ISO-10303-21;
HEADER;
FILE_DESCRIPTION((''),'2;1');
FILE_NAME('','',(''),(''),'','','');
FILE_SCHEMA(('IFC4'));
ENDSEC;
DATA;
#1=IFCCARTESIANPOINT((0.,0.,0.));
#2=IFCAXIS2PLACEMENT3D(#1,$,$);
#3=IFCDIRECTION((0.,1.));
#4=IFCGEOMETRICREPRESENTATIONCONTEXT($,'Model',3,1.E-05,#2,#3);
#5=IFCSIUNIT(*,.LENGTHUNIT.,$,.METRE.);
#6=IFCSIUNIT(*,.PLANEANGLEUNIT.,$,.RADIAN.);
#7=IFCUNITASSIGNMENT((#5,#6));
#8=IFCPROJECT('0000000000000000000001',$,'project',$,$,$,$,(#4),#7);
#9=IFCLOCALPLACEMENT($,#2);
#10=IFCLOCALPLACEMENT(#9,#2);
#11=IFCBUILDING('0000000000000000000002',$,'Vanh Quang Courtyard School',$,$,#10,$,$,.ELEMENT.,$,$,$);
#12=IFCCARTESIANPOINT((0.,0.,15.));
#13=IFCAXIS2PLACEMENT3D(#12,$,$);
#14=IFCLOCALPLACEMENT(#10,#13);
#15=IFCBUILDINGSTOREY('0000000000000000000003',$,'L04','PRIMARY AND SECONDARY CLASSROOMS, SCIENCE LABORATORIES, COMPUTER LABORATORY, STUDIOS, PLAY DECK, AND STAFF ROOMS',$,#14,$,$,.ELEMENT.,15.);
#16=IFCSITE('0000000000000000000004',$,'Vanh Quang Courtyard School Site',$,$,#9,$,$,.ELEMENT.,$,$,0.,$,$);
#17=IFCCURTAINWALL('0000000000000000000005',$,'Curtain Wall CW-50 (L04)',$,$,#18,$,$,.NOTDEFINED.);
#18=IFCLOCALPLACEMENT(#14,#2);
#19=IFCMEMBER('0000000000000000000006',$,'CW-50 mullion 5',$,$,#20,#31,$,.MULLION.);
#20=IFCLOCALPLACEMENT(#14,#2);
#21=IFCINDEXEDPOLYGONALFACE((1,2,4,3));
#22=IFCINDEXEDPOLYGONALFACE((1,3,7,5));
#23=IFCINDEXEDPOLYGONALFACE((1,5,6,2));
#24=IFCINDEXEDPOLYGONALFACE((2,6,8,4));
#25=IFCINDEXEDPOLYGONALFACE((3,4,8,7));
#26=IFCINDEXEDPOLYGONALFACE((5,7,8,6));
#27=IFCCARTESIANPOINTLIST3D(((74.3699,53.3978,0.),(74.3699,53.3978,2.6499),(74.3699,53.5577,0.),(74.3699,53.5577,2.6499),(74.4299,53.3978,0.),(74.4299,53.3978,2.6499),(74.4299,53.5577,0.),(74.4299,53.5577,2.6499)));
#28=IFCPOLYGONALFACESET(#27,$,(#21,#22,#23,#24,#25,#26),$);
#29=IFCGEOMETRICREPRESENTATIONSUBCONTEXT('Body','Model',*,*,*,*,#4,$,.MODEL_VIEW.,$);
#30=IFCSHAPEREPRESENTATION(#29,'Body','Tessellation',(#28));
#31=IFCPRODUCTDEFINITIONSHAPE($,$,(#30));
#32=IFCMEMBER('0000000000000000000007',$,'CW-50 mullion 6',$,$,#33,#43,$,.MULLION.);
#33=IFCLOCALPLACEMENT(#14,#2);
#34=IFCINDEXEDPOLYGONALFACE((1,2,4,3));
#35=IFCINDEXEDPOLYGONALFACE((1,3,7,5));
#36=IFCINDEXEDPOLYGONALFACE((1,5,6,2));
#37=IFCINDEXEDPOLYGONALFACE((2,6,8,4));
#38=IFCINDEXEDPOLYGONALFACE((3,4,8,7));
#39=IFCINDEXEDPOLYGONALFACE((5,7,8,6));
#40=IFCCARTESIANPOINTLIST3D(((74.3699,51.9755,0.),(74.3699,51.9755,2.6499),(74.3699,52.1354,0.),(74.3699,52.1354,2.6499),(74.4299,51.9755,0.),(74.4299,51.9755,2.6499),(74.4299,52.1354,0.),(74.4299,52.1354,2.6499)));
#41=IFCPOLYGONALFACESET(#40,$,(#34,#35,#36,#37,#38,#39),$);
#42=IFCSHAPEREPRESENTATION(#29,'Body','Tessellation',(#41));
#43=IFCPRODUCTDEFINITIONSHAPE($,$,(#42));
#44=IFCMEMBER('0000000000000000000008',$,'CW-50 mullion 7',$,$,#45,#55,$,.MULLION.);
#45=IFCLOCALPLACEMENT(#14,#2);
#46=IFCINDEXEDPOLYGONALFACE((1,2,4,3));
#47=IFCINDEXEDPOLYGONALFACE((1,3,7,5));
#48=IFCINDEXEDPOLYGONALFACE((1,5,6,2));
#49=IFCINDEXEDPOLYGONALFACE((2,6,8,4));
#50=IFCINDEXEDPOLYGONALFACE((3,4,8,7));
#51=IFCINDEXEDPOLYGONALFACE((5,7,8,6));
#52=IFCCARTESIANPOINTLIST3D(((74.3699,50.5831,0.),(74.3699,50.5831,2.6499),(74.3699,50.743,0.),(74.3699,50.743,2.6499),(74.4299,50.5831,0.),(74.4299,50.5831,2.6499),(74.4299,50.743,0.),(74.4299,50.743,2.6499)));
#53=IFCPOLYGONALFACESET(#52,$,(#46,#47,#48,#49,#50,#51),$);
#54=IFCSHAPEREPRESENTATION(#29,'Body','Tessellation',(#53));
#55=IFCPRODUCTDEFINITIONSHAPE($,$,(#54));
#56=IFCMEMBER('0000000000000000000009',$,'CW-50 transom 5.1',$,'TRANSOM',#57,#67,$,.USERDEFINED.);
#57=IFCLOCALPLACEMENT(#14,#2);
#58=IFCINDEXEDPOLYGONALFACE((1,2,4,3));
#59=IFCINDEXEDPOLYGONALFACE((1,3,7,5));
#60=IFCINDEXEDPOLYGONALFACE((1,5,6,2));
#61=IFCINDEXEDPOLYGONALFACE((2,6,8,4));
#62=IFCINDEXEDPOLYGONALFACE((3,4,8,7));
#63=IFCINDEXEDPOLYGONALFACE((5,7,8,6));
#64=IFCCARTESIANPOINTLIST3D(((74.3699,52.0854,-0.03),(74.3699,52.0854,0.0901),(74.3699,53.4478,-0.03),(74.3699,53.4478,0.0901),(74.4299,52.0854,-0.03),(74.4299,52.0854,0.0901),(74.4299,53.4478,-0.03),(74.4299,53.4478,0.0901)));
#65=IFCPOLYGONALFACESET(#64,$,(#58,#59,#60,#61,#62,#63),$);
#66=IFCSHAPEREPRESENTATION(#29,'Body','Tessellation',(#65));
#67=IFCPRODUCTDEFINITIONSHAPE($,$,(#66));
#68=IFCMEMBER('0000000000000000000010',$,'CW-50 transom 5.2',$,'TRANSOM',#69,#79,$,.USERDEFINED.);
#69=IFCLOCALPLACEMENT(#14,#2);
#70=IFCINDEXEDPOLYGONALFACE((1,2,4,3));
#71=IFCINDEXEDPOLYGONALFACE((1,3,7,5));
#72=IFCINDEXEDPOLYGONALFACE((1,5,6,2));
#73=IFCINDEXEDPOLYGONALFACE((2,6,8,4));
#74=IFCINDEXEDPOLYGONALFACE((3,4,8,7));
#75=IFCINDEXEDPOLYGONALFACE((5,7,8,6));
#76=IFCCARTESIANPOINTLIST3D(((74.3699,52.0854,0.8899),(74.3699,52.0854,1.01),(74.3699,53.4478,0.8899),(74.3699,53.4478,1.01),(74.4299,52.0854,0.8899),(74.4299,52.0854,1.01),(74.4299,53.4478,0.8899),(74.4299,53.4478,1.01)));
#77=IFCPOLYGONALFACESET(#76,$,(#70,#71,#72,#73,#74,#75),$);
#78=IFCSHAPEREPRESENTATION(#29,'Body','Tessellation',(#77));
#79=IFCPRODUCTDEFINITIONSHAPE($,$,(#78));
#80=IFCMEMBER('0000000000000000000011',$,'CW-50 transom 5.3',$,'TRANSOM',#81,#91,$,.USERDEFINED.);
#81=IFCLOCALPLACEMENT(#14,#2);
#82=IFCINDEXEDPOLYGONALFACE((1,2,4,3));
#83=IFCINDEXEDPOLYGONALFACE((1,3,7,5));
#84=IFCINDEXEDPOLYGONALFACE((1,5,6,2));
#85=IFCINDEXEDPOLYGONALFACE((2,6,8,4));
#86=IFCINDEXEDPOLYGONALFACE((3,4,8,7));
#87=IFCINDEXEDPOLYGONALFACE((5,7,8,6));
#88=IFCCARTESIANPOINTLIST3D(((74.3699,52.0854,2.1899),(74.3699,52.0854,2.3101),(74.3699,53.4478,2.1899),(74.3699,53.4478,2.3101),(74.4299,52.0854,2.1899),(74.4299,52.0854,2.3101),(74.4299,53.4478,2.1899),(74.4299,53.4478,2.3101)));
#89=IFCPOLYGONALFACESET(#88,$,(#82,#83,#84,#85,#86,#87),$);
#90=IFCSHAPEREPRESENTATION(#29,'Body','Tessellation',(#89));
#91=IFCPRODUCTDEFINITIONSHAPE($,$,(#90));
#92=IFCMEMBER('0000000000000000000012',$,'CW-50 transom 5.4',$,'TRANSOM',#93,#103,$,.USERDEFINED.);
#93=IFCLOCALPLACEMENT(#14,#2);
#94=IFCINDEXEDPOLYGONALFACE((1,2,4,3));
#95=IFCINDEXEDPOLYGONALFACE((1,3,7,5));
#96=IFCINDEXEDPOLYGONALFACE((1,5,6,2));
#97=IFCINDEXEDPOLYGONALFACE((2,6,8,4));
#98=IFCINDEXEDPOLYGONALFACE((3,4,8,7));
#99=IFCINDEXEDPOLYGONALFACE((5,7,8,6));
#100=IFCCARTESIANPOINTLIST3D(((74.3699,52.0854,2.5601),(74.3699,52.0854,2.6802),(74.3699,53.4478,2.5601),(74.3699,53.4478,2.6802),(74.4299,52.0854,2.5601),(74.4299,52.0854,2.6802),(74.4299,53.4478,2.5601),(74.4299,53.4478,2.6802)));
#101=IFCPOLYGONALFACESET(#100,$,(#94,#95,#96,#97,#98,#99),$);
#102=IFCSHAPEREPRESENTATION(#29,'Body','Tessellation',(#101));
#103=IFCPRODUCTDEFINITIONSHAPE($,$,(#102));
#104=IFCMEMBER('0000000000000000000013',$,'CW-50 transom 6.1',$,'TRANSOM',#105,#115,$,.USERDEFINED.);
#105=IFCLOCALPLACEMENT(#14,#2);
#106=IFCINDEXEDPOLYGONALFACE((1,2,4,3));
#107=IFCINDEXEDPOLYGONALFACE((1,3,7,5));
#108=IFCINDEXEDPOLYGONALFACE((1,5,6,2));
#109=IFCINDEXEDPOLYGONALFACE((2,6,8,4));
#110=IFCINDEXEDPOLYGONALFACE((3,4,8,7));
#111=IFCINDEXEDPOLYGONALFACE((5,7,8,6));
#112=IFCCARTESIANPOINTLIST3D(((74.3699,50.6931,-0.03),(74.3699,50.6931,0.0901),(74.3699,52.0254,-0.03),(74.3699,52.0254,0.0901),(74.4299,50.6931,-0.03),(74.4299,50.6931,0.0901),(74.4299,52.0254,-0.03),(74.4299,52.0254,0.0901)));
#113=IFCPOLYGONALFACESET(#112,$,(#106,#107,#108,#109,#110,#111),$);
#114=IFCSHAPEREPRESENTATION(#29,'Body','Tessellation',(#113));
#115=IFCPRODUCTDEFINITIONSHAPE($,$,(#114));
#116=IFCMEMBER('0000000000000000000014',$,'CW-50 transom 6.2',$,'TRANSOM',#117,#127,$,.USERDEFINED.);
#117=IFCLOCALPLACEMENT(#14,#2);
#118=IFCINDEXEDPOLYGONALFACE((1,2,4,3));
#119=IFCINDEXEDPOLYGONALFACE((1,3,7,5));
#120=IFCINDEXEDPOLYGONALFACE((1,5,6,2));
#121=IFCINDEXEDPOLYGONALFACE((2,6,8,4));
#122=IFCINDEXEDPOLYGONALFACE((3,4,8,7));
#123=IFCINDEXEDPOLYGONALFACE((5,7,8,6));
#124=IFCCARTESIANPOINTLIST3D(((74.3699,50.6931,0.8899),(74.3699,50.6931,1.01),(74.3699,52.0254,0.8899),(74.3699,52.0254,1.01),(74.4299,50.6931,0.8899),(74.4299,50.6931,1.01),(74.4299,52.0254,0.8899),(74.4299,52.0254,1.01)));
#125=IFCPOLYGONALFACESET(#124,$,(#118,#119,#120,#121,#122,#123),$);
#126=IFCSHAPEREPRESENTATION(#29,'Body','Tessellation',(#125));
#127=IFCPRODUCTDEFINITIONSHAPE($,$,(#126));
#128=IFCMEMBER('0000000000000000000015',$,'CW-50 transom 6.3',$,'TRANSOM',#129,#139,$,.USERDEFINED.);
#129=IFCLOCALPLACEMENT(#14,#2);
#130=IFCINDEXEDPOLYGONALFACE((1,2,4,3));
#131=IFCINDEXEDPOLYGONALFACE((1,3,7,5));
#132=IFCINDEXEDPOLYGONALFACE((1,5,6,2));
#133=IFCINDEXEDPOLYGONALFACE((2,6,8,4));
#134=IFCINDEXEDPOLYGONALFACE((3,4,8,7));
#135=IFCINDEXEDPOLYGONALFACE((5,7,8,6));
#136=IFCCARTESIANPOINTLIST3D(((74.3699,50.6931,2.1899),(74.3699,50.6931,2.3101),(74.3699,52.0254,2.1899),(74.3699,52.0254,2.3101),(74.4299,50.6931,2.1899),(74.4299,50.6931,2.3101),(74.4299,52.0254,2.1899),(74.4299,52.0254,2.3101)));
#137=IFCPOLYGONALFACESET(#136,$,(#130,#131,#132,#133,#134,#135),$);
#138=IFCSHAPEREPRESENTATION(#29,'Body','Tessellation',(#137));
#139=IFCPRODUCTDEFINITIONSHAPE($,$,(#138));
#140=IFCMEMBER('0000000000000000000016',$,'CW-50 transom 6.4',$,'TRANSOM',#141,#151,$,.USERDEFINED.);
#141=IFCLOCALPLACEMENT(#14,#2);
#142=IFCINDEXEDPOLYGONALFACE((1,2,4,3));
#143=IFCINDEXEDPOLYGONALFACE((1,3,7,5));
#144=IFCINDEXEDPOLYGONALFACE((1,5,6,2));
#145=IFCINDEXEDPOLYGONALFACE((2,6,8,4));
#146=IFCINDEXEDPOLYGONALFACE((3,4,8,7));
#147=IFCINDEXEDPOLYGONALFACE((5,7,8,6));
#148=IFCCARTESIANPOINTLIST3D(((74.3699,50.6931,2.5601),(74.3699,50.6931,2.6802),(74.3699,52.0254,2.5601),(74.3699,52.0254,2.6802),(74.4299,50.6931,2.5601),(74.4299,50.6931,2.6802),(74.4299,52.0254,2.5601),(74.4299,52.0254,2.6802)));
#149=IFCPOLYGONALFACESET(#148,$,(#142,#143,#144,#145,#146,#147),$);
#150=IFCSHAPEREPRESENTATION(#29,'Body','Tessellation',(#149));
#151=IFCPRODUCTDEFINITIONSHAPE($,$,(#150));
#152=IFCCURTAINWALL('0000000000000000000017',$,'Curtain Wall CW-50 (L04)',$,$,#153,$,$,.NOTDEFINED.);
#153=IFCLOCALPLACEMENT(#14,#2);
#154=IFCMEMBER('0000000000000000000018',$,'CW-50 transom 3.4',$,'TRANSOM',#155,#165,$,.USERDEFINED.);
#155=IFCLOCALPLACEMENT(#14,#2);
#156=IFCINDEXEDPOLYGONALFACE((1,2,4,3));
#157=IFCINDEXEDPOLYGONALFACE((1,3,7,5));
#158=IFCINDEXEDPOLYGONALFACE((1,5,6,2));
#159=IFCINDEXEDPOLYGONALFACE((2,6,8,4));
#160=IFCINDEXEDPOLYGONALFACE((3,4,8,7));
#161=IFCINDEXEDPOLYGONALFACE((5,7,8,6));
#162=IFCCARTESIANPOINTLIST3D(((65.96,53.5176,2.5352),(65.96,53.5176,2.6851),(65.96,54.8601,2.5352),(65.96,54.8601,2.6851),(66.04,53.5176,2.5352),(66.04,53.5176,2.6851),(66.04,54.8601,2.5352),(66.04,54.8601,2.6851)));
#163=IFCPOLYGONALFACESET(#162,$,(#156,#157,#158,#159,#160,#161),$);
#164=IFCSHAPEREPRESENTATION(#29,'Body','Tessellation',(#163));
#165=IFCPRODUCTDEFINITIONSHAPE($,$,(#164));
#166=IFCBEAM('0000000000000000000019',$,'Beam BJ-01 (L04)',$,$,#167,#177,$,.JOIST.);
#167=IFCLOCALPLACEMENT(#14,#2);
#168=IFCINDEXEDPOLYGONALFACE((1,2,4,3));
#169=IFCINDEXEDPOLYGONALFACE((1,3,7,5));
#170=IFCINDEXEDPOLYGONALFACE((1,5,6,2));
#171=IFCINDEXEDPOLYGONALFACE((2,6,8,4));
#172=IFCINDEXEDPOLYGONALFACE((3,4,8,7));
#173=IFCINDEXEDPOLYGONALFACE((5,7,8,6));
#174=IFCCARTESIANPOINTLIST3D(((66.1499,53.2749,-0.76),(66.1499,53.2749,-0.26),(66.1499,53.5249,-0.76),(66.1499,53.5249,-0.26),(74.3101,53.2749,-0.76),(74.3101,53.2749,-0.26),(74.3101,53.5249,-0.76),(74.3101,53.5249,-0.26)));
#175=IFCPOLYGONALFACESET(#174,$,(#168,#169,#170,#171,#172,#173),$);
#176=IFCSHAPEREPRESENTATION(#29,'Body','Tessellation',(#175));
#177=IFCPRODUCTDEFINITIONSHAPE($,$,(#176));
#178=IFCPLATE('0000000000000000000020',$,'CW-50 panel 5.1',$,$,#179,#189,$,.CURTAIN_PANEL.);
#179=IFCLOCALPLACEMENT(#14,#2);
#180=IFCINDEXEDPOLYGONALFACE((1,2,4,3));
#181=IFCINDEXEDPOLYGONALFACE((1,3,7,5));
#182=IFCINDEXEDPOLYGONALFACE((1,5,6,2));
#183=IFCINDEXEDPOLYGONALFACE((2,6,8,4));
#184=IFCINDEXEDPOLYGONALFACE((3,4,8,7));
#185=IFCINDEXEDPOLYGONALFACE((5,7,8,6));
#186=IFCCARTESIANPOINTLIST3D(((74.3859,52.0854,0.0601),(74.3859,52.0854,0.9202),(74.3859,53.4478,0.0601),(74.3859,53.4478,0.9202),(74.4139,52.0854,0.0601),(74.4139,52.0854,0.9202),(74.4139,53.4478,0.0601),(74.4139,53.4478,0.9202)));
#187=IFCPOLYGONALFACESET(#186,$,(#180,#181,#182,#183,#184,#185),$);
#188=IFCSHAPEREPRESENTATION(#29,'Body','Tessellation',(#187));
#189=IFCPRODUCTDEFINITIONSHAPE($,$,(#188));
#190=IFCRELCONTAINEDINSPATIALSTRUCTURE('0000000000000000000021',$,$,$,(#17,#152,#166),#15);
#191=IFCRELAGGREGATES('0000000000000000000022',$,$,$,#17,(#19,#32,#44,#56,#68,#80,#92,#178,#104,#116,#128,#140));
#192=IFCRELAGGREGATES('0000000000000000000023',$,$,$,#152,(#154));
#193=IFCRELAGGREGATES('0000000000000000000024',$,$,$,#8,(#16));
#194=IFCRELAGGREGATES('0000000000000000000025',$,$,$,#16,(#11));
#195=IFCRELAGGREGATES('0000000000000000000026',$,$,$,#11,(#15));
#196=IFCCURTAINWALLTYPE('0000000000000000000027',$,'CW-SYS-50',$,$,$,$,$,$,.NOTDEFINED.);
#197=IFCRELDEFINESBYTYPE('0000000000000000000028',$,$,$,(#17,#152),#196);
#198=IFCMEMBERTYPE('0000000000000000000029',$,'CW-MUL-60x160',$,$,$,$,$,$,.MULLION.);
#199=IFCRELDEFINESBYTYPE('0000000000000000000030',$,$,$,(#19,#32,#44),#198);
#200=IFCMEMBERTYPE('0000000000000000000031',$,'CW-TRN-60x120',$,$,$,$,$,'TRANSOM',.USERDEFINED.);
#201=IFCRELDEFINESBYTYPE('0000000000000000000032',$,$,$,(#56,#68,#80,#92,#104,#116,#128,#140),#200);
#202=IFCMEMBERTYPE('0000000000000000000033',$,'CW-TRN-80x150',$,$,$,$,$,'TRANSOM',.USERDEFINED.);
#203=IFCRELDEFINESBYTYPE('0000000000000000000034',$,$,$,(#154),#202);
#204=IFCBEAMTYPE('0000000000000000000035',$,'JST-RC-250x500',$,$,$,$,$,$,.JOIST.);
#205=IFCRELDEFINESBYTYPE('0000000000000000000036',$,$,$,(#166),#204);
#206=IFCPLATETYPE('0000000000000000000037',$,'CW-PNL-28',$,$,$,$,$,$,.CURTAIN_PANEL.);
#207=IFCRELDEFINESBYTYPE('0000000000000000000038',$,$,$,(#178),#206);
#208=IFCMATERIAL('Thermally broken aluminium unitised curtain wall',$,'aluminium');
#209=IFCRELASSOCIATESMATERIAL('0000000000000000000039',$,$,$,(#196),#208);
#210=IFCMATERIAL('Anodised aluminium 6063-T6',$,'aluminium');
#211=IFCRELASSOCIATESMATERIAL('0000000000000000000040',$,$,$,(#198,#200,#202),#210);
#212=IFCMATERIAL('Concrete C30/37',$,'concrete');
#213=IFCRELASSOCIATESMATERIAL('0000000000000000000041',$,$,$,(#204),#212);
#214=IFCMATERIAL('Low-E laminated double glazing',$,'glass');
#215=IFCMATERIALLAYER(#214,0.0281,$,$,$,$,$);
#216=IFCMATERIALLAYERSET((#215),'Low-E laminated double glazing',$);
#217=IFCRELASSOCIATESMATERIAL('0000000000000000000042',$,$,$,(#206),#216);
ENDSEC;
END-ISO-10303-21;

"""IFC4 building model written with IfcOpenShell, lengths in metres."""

from ifc_helpers import new_model, si_unit, direction, frame, origin, origin_2d, place, context, subcontext, project, spatial, rectangle, extrude, material, layer, layer_set, material_profile, profile_set, type_object, element, aggregate, save


model = new_model("IFC4")

# Units and contexts
model_context = context("Model", 3, precision=1e-05, world=origin(), true_north=direction((0.0, 1.0)))
body_context = subcontext(model_context, "Body", "Model", "MODEL_VIEW")
ifc_project = project(units=[si_unit("LENGTHUNIT", "METRE"), si_unit("PLANEANGLEUNIT", "RADIAN")], contexts=[model_context])

# Site, building, storey
site_placement = place(None, origin())
site = spatial("IfcSite", under=ifc_project, at=site_placement, Name="Vanh Quang Courtyard School Site", CompositionType="ELEMENT", RefElevation=0.0)
building_placement = place(site_placement, origin())
building = spatial("IfcBuilding", under=site, at=building_placement, Name="Vanh Quang Courtyard School", CompositionType="ELEMENT")
storey_placement = place(building_placement, frame((0.0, 0.0, 15.0)))
storey = spatial("IfcBuildingStorey", under=building, at=storey_placement, Name="L04", Description="PRIMARY AND SECONDARY CLASSROOMS, SCIENCE LABORATORIES, COMPUTER LABORATORY, STUDIOS, PLAY DECK, AND STAFF ROOMS", CompositionType="ELEMENT", Elevation=15.0)

# Curtain wall, members
ifc_material_1 = material(Name="Thermally broken aluminium unitised curtain wall", Category="aluminium")
curtain_wall_type = type_object("IfcCurtainWallType", Name="CW-SYS-50", PredefinedType="NOTDEFINED", material=ifc_material_1)
curtain_wall_1_placement = place(storey_placement, origin())
curtain_wall_1 = element("IfcCurtainWall", 1, at=curtain_wall_1_placement, inside=storey, type_object=curtain_wall_type, Name="Curtain Wall CW-50 (L04)", PredefinedType="NOTDEFINED")
ifc_material_2 = material(Name="Anodised aluminium 6063-T6", Category="aluminium")
ifc_material_profile_1 = material_profile(ifc_material_2, rectangle(XDim=0.0601, YDim=0.1599, at=origin_2d()), Name="ALU-MUL 60x160")
ifc_profile_set_1 = profile_set([ifc_material_profile_1], Name="Anodised aluminium 6063-T6")
member_type_1 = type_object("IfcMemberType", Name="CW-MUL-60x160", PredefinedType="MULLION", material=ifc_profile_set_1)
member_1_placement = place(storey_placement, frame((74.3999, 53.4778, 0.0), z_axis=(0.0, 0.0, 1.0), x_axis=(1.0, 0.0, 0.0)))
member_1 = element("IfcMember", 2, at=member_1_placement, type_object=member_type_1, Name="CW-50 mullion 5", PredefinedType="MULLION", context=body_context, shape_type="SweptSolid", body=[
    extrude(rectangle(XDim=0.0601, YDim=0.1599, at=origin_2d()), origin(), (0.0, 0.0, 1.0), 2.6499),
])
member_2_placement = place(storey_placement, frame((74.3999, 52.0554, 0.0), z_axis=(0.0, 0.0, 1.0), x_axis=(1.0, 0.0, 0.0)))
member_2 = element("IfcMember", 3, at=member_2_placement, type_object=member_type_1, Name="CW-50 mullion 6", PredefinedType="MULLION", context=body_context, shape_type="SweptSolid", body=[
    extrude(rectangle(XDim=0.0601, YDim=0.1599, at=origin_2d()), origin(), (0.0, 0.0, 1.0), 2.6499),
])
member_3_placement = place(storey_placement, frame((74.3999, 50.6631, 0.0), z_axis=(0.0, 0.0, 1.0), x_axis=(1.0, 0.0, 0.0)))
member_3 = element("IfcMember", 4, at=member_3_placement, type_object=member_type_1, Name="CW-50 mullion 7", PredefinedType="MULLION", context=body_context, shape_type="SweptSolid", body=[
    extrude(rectangle(XDim=0.0601, YDim=0.1599, at=origin_2d()), origin(), (0.0, 0.0, 1.0), 2.6499),
])
ifc_material_profile_2 = material_profile(ifc_material_2, rectangle(XDim=0.0601, YDim=0.1201, at=origin_2d()), Name="ALU-TRN 60x120")
ifc_profile_set_2 = profile_set([ifc_material_profile_2], Name="Anodised aluminium 6063-T6")
member_type_2 = type_object("IfcMemberType", Name="CW-TRN-60x120", ElementType="TRANSOM", PredefinedType="USERDEFINED", material=ifc_profile_set_2)
member_4_placement = place(storey_placement, frame((74.3999, 53.4478, 0.03), z_axis=(0.0, -1.0, 0.0), x_axis=(1.0, 0.0, 0.0)))
member_4 = element("IfcMember", 5, at=member_4_placement, type_object=member_type_2, Name="CW-50 transom 5.1", ObjectType="TRANSOM", PredefinedType="USERDEFINED", context=body_context, shape_type="SweptSolid", body=[
    extrude(rectangle(XDim=0.0601, YDim=0.1201, at=origin_2d()), origin(), (0.0, 0.0, 1.0), 1.3623),
])
member_5_placement = place(storey_placement, frame((74.3999, 53.4478, 0.95), z_axis=(0.0, -1.0, 0.0), x_axis=(1.0, 0.0, 0.0)))
member_5 = element("IfcMember", 6, at=member_5_placement, type_object=member_type_2, Name="CW-50 transom 5.2", ObjectType="TRANSOM", PredefinedType="USERDEFINED", context=body_context, shape_type="SweptSolid", body=[
    extrude(rectangle(XDim=0.0601, YDim=0.1201, at=origin_2d()), origin(), (0.0, 0.0, 1.0), 1.3623),
])
member_6_placement = place(storey_placement, frame((74.3999, 53.4478, 2.25), z_axis=(0.0, -1.0, 0.0), x_axis=(1.0, 0.0, 0.0)))
member_6 = element("IfcMember", 7, at=member_6_placement, type_object=member_type_2, Name="CW-50 transom 5.3", ObjectType="TRANSOM", PredefinedType="USERDEFINED", context=body_context, shape_type="SweptSolid", body=[
    extrude(rectangle(XDim=0.0601, YDim=0.1201, at=origin_2d()), origin(), (0.0, 0.0, 1.0), 1.3623),
])
member_7_placement = place(storey_placement, frame((74.3999, 53.4478, 2.6201), z_axis=(0.0, -1.0, 0.0), x_axis=(1.0, 0.0, 0.0)))
member_7 = element("IfcMember", 8, at=member_7_placement, type_object=member_type_2, Name="CW-50 transom 5.4", ObjectType="TRANSOM", PredefinedType="USERDEFINED", context=body_context, shape_type="SweptSolid", body=[
    extrude(rectangle(XDim=0.0601, YDim=0.1201, at=origin_2d()), origin(), (0.0, 0.0, 1.0), 1.3623),
])
member_8_placement = place(storey_placement, frame((74.3999, 52.0254, 0.03), z_axis=(0.0, -1.0, 0.0), x_axis=(1.0, 0.0, 0.0)))
member_8 = element("IfcMember", 9, at=member_8_placement, type_object=member_type_2, Name="CW-50 transom 6.1", ObjectType="TRANSOM", PredefinedType="USERDEFINED", context=body_context, shape_type="SweptSolid", body=[
    extrude(rectangle(XDim=0.0601, YDim=0.1201, at=origin_2d()), origin(), (0.0, 0.0, 1.0), 1.3323),
])
member_9_placement = place(storey_placement, frame((74.3999, 52.0254, 0.95), z_axis=(0.0, -1.0, 0.0), x_axis=(1.0, 0.0, 0.0)))
member_9 = element("IfcMember", 10, at=member_9_placement, type_object=member_type_2, Name="CW-50 transom 6.2", ObjectType="TRANSOM", PredefinedType="USERDEFINED", context=body_context, shape_type="SweptSolid", body=[
    extrude(rectangle(XDim=0.0601, YDim=0.1201, at=origin_2d()), origin(), (0.0, 0.0, 1.0), 1.3323),
])
member_10_placement = place(storey_placement, frame((74.3999, 52.0254, 2.25), z_axis=(0.0, -1.0, 0.0), x_axis=(1.0, 0.0, 0.0)))
member_10 = element("IfcMember", 11, at=member_10_placement, type_object=member_type_2, Name="CW-50 transom 6.3", ObjectType="TRANSOM", PredefinedType="USERDEFINED", context=body_context, shape_type="SweptSolid", body=[
    extrude(rectangle(XDim=0.0601, YDim=0.1201, at=origin_2d()), origin(), (0.0, 0.0, 1.0), 1.3323),
])
member_11_placement = place(storey_placement, frame((74.3999, 52.0254, 2.6201), z_axis=(0.0, -1.0, 0.0), x_axis=(1.0, 0.0, 0.0)))
member_11 = element("IfcMember", 12, at=member_11_placement, type_object=member_type_2, Name="CW-50 transom 6.4", ObjectType="TRANSOM", PredefinedType="USERDEFINED", context=body_context, shape_type="SweptSolid", body=[
    extrude(rectangle(XDim=0.0601, YDim=0.1201, at=origin_2d()), origin(), (0.0, 0.0, 1.0), 1.3323),
])

# Curtain wall, member
curtain_wall_2_placement = place(storey_placement, origin())
curtain_wall_2 = element("IfcCurtainWall", 13, at=curtain_wall_2_placement, inside=storey, type_object=curtain_wall_type, Name="Curtain Wall CW-50 (L04)", PredefinedType="NOTDEFINED")
ifc_material_profile_3 = material_profile(ifc_material_2, rectangle(XDim=0.0801, YDim=0.1499, at=origin_2d()), Name="ALU-TRN 80x150")
ifc_profile_set_3 = profile_set([ifc_material_profile_3], Name="Anodised aluminium 6063-T6")
member_type_3 = type_object("IfcMemberType", Name="CW-TRN-80x150", ElementType="TRANSOM", PredefinedType="USERDEFINED", material=ifc_profile_set_3)
member_12_placement = place(storey_placement, frame((66.0, 53.5176, 2.6101), z_axis=(0.0, 1.0, 0.0), x_axis=(-1.0, 0.0, 0.0)))
member_12 = element("IfcMember", 14, at=member_12_placement, type_object=member_type_3, Name="CW-50 transom 3.4", ObjectType="TRANSOM", PredefinedType="USERDEFINED", context=body_context, shape_type="SweptSolid", body=[
    extrude(rectangle(XDim=0.0801, YDim=0.1499, at=origin_2d()), origin(), (0.0, 0.0, 1.0), 1.3425),
])

# Beam
ifc_material_3 = material(Name="Concrete C30/37", Category="concrete")
ifc_material_profile_4 = material_profile(ifc_material_3, rectangle(XDim=0.25, YDim=0.5, at=origin_2d()), Name="RC-JST 250x500")
ifc_profile_set_4 = profile_set([ifc_material_profile_4], Name="Concrete C30/37")
beam_type = type_object("IfcBeamType", Name="JST-RC-250x500", PredefinedType="JOIST", material=ifc_profile_set_4)
beam_placement = place(storey_placement, frame((66.1499, 53.3999, -0.51), z_axis=(1.0, 0.0, 0.0), x_axis=(0.0, 1.0, 0.0)))
element("IfcBeam", 15, at=beam_placement, inside=storey, type_object=beam_type, Name="Beam BJ-01 (L04)", PredefinedType="JOIST", context=body_context, shape_type="SweptSolid", body=[
    extrude(rectangle(XDim=0.25, YDim=0.5, at=origin_2d()), origin(), (0.0, 0.0, 1.0), 8.1602),
])

# Plate
ifc_material_4 = material(Name="Low-E laminated double glazing", Category="glass")
ifc_layer = layer(ifc_material_4, 0.0281)
ifc_layer_set = layer_set([ifc_layer], Name="Low-E laminated double glazing")
plate_type = type_object("IfcPlateType", Name="CW-PNL-28", PredefinedType="CURTAIN_PANEL", material=ifc_layer_set)
plate_1_placement = place(storey_placement, frame((74.3999, 52.7666, 0.0601), z_axis=(0.0, 0.0, 1.0), x_axis=(0.0, -1.0, 0.0)))
plate_1 = element("IfcPlate", 16, at=plate_1_placement, type_object=plate_type, Name="CW-50 panel 5.1", PredefinedType="CURTAIN_PANEL", context=body_context, shape_type="SweptSolid", body=[
    extrude(rectangle(XDim=1.3623, YDim=0.0281, at=origin_2d()), origin(), (0.0, 0.0, 1.0), 0.8601),
])
aggregate(curtain_wall_1, [member_1, member_2, member_3, member_4, member_5, member_6, member_7, plate_1, member_8, member_9, member_10, member_11])
aggregate(curtain_wall_2, [member_12])

save(model, "model.ifc")
